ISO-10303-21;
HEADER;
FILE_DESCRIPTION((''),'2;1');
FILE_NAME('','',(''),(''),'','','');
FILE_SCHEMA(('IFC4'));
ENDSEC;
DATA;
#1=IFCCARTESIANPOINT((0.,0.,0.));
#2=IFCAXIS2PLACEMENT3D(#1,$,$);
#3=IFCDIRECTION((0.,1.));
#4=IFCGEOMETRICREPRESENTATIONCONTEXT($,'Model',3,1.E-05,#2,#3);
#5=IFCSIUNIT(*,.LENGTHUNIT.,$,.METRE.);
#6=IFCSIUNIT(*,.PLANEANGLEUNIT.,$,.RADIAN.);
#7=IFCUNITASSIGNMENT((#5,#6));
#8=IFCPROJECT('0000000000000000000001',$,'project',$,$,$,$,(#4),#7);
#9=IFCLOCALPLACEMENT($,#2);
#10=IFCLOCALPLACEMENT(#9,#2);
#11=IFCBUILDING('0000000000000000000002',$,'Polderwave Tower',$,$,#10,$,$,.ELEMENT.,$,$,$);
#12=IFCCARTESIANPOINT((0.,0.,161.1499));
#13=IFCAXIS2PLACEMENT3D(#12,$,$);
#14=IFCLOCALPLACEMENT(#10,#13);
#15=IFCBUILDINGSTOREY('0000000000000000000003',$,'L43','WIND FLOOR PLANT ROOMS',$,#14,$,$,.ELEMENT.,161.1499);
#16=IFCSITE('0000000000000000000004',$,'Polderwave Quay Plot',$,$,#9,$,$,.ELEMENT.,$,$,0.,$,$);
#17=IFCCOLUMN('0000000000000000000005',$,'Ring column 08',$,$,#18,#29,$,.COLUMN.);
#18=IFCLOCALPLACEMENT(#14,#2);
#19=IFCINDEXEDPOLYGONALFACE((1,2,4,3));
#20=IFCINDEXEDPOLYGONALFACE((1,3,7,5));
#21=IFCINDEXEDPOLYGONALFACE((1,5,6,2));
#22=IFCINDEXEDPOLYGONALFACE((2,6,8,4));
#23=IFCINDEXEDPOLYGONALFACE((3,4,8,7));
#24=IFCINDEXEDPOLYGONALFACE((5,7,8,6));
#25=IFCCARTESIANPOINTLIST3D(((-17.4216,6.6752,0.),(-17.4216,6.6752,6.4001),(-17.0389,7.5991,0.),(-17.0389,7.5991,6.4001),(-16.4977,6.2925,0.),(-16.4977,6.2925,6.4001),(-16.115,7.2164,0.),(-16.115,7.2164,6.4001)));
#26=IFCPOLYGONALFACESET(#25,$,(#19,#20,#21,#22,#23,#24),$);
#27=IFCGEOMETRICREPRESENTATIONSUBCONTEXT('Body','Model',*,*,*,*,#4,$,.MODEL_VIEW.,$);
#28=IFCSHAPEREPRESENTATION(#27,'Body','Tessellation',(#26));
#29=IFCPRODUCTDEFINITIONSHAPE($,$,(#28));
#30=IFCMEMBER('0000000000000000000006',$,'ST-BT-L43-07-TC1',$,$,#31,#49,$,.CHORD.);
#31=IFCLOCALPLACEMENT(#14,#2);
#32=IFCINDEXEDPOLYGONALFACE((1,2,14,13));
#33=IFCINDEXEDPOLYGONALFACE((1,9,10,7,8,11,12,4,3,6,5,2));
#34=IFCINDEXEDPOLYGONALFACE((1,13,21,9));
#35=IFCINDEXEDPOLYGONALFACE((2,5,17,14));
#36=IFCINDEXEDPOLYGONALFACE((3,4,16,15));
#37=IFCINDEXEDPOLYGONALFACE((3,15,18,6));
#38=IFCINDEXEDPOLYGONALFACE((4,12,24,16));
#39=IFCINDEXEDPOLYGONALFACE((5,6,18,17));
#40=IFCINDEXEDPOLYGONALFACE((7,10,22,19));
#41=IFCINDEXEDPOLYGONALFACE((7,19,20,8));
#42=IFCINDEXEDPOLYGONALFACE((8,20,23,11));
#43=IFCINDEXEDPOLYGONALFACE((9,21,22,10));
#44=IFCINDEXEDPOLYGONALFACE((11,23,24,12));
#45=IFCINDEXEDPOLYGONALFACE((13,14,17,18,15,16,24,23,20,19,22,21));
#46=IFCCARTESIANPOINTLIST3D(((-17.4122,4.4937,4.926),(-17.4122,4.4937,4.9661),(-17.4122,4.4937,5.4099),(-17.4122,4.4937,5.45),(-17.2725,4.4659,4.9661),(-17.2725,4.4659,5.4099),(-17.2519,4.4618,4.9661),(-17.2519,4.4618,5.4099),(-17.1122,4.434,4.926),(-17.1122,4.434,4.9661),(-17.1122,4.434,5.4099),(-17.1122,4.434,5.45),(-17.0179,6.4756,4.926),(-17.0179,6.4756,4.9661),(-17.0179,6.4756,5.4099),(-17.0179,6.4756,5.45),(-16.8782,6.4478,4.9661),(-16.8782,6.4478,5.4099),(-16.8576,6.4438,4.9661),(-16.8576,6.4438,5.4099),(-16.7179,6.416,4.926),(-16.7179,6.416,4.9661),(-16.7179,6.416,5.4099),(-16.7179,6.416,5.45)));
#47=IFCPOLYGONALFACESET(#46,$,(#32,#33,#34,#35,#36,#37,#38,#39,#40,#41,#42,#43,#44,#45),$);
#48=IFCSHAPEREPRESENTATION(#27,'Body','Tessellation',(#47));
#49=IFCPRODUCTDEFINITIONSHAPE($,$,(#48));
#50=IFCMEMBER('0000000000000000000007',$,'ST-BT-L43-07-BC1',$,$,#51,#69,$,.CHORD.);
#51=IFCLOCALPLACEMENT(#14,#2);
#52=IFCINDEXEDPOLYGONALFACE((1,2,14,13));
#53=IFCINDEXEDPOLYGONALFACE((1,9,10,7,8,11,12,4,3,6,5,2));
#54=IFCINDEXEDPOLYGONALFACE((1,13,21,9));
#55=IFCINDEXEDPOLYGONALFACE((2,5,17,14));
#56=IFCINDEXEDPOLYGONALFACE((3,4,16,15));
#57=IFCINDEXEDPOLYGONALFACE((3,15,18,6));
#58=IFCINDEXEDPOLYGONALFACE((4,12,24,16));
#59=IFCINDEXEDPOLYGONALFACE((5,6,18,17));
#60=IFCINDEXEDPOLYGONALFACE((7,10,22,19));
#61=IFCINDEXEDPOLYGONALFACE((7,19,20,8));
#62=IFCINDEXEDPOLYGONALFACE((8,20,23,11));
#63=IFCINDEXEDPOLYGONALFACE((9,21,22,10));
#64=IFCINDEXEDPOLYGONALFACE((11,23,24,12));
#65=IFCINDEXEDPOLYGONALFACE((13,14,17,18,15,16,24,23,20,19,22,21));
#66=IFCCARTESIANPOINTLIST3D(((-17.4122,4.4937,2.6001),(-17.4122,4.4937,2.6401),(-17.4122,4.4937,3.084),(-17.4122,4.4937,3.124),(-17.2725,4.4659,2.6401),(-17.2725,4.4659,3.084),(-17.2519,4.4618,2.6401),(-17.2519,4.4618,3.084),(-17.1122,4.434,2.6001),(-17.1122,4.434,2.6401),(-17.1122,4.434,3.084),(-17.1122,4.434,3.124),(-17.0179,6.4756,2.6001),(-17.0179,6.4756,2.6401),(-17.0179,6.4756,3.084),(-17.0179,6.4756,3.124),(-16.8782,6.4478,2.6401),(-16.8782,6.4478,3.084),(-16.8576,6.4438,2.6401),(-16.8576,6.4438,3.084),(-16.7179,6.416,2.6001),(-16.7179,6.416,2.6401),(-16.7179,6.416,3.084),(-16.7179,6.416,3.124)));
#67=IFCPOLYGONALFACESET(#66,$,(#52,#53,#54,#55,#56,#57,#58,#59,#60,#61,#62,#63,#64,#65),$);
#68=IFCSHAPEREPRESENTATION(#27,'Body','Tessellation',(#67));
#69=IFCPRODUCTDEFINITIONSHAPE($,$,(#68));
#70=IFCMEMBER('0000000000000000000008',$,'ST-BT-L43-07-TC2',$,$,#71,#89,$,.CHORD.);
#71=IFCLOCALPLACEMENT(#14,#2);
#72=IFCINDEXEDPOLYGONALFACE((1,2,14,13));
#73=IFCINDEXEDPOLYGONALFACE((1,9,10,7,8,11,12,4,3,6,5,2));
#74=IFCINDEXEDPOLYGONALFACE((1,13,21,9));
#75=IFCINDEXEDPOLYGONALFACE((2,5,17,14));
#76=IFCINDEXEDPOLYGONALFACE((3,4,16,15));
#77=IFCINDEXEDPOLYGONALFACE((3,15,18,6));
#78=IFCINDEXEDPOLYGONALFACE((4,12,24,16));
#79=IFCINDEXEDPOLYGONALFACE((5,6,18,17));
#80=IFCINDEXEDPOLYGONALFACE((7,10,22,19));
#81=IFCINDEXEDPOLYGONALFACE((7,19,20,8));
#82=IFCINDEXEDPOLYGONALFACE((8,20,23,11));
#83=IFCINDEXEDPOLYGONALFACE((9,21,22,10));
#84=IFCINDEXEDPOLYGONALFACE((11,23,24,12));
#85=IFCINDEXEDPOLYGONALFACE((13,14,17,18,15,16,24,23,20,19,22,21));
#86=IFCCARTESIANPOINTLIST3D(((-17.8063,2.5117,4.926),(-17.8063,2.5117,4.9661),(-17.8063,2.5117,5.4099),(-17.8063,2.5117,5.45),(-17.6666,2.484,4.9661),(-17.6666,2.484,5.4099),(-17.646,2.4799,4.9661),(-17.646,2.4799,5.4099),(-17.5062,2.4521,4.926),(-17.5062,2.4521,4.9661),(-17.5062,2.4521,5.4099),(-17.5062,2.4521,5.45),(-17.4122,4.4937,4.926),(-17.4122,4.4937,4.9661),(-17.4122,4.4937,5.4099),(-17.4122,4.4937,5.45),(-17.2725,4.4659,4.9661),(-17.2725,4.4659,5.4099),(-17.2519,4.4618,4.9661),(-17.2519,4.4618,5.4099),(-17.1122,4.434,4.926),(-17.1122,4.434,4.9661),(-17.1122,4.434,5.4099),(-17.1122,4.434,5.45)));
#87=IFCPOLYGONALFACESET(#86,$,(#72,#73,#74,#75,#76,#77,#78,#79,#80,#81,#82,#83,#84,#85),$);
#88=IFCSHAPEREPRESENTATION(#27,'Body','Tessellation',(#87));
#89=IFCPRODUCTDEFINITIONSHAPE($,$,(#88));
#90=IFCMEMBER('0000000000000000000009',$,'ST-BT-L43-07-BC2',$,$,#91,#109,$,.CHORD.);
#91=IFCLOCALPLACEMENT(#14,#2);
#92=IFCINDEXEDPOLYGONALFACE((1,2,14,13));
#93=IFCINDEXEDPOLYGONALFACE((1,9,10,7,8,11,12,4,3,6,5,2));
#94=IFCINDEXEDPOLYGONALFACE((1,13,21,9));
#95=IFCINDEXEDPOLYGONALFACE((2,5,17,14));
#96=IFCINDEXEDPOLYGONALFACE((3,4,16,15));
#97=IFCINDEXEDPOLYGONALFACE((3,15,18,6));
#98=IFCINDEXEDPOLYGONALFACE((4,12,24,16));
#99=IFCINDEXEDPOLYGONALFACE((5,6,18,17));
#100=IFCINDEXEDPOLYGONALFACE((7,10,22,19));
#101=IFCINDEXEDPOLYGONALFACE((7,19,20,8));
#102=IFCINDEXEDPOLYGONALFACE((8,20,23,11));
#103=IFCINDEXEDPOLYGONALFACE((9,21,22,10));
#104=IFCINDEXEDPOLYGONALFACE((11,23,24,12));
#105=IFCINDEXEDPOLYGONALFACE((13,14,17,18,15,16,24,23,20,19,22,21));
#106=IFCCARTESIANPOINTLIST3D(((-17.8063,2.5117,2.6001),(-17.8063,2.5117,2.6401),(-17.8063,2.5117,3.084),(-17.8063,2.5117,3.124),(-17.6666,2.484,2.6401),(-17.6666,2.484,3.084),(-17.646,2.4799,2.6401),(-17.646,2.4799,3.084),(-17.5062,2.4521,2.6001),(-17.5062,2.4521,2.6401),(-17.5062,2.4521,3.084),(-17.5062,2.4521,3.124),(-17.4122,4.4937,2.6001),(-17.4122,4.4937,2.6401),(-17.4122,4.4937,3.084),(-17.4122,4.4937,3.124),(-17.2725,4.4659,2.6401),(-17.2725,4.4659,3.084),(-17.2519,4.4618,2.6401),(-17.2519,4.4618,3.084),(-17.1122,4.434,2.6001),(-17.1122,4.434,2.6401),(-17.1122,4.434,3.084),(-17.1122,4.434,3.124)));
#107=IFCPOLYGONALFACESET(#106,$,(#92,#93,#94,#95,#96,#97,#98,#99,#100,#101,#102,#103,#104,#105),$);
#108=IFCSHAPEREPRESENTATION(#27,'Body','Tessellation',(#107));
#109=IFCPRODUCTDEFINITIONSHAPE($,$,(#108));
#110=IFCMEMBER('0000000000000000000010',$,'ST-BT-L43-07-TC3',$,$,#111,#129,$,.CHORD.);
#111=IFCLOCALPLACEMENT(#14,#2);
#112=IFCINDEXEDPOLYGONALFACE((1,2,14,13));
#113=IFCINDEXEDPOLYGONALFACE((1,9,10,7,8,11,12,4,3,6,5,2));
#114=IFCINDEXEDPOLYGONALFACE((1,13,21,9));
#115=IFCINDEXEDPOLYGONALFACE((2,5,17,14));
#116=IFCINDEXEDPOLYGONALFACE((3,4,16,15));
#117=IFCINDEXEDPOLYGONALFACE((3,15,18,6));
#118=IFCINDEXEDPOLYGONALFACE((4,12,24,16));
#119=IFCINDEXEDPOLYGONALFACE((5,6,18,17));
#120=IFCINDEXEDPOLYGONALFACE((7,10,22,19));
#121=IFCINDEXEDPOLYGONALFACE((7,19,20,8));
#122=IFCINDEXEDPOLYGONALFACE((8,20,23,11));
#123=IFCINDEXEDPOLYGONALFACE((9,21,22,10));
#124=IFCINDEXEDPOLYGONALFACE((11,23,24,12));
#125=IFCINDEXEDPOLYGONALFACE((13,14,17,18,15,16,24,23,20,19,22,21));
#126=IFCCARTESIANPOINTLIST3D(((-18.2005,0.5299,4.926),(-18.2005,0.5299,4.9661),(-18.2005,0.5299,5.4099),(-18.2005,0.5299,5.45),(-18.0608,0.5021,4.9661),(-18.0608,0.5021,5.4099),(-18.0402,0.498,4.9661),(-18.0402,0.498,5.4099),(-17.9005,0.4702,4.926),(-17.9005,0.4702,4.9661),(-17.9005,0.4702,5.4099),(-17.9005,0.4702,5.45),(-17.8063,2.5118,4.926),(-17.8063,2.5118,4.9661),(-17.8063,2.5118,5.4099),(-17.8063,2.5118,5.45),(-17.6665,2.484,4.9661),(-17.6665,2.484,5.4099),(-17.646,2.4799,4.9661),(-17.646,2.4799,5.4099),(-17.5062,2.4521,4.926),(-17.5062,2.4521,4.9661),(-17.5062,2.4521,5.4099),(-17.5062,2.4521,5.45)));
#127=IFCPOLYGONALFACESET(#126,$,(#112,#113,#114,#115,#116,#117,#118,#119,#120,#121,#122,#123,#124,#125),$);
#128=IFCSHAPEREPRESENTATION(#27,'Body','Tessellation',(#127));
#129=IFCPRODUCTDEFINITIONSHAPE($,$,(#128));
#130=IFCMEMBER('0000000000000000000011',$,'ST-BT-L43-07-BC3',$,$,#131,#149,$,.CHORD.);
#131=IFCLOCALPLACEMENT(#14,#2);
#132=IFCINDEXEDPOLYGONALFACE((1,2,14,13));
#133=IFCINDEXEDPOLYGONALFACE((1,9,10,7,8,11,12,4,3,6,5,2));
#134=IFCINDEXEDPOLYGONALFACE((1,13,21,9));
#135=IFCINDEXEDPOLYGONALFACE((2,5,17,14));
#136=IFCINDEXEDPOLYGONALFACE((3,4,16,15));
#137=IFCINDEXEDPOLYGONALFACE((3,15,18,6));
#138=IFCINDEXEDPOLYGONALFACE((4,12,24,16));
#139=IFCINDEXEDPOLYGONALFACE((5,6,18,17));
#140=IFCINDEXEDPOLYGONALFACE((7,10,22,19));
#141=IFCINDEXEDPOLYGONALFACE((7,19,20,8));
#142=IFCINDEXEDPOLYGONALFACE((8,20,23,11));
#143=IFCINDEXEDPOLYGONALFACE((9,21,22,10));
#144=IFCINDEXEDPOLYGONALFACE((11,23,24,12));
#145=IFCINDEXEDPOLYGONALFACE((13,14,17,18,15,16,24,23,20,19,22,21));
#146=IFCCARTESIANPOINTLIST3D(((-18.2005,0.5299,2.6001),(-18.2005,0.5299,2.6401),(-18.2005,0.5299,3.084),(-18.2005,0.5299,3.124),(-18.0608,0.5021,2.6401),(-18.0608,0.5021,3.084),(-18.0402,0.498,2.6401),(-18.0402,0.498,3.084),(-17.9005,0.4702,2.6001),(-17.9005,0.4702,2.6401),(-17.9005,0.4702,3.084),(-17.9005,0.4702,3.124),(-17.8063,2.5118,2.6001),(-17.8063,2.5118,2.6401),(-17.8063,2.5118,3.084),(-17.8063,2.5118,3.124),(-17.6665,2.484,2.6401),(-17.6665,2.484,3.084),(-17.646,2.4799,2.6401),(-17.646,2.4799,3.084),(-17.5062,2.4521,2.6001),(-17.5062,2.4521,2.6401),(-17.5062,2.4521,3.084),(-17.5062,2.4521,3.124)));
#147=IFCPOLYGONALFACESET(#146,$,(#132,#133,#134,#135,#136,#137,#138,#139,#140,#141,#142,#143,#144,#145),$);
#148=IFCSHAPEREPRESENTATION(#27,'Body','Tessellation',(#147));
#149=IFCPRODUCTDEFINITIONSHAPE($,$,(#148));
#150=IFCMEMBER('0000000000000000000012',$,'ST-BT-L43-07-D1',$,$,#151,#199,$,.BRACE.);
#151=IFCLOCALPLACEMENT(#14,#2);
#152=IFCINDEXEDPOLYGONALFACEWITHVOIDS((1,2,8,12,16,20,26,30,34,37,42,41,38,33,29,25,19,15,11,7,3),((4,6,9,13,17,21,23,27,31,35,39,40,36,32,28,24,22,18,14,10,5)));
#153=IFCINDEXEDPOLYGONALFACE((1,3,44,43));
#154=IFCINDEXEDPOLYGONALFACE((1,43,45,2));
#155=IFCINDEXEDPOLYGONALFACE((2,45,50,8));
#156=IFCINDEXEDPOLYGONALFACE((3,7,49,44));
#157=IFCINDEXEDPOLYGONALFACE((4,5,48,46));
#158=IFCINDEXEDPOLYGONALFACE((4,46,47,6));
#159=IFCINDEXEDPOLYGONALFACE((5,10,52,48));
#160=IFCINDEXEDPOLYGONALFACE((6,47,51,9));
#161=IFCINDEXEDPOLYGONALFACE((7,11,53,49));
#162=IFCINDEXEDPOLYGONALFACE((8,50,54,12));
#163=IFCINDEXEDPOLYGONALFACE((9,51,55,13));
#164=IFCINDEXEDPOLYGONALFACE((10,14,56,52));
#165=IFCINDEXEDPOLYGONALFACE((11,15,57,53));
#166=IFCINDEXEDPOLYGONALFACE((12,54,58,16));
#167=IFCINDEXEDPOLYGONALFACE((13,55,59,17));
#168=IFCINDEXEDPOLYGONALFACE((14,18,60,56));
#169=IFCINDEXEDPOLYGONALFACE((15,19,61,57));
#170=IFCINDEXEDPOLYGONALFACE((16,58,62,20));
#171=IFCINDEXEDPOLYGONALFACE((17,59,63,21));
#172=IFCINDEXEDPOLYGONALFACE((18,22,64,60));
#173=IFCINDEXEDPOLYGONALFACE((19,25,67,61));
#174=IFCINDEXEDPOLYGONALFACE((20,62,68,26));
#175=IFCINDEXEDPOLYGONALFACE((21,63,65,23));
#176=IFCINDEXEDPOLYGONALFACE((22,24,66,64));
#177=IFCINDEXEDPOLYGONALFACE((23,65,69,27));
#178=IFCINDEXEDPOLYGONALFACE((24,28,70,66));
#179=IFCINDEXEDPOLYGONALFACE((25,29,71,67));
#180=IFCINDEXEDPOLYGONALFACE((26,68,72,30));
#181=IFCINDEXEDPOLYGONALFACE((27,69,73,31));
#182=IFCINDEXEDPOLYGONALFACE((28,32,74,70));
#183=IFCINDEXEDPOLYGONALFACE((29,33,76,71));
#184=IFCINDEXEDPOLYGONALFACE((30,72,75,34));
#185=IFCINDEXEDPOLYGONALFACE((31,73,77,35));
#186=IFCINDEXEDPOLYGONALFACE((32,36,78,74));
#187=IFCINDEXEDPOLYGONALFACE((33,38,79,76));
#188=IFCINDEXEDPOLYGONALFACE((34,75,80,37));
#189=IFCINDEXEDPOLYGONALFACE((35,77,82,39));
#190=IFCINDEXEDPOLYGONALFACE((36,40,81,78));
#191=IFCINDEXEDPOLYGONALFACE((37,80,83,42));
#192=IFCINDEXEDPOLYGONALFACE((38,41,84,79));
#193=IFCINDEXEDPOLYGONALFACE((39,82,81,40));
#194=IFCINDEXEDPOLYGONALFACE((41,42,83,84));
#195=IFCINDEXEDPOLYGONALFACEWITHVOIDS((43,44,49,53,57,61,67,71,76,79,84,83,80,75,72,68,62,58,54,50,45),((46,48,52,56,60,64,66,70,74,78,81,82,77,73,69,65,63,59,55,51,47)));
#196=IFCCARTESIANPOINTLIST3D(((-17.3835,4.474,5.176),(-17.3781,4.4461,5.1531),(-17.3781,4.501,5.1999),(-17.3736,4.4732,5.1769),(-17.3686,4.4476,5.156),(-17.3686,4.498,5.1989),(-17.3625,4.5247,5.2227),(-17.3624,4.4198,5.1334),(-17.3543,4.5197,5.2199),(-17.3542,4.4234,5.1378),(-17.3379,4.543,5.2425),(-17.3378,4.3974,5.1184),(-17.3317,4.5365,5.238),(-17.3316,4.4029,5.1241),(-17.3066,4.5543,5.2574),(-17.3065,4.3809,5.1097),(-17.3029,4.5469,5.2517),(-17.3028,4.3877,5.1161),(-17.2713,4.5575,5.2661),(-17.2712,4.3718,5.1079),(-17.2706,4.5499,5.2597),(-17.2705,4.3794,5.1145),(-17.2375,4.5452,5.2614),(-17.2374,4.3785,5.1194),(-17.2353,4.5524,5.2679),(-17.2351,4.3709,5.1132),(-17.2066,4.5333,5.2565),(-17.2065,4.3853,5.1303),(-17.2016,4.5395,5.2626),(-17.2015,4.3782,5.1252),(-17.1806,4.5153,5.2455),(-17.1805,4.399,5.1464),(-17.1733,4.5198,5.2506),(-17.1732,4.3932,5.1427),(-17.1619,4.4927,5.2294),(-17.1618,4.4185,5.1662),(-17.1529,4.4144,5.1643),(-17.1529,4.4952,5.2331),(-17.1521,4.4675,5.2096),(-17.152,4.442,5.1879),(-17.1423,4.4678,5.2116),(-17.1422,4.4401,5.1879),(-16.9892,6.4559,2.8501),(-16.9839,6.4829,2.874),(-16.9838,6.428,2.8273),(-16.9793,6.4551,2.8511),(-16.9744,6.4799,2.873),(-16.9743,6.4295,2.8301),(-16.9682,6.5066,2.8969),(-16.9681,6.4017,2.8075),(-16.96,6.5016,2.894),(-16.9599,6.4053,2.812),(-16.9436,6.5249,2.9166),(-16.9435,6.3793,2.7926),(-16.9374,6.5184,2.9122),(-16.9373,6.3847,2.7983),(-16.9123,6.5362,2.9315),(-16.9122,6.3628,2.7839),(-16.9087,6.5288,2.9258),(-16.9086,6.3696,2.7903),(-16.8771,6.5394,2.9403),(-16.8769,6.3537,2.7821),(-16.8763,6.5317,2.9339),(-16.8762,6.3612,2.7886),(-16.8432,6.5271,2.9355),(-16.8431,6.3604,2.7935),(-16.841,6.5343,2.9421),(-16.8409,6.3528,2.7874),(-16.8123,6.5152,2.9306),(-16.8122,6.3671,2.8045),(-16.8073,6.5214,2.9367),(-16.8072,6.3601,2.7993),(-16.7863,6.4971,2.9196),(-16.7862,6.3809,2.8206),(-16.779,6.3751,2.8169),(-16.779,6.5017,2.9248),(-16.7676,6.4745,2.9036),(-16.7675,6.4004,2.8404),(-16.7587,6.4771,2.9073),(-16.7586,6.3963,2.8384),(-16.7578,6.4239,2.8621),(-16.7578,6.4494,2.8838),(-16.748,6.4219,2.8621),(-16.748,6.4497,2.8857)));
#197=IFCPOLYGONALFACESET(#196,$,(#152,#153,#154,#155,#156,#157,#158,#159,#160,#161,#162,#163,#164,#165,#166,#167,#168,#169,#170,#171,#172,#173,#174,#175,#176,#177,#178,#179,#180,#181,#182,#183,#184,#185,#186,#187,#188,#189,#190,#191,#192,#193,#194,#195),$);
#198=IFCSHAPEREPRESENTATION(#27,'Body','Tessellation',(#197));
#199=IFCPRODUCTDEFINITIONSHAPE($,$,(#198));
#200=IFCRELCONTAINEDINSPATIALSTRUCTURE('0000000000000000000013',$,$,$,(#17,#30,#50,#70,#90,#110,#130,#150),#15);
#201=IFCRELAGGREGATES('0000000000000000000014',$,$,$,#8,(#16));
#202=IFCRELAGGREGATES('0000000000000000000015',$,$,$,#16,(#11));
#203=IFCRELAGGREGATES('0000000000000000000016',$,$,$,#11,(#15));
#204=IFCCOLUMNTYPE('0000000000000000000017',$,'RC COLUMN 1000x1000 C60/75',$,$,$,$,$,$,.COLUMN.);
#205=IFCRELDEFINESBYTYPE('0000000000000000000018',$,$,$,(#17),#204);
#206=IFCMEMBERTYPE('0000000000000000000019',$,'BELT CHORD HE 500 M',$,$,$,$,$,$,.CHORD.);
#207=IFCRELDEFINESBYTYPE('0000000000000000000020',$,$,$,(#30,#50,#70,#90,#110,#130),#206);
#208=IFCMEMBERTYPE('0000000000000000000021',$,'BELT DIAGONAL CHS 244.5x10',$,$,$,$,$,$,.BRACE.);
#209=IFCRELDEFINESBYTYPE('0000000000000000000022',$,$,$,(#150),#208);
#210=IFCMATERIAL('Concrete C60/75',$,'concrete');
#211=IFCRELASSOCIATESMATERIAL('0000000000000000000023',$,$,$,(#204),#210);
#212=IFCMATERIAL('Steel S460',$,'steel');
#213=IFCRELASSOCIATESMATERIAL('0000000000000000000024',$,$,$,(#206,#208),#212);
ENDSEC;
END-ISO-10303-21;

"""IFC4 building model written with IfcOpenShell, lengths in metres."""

from ifc_helpers import new_model, si_unit, direction, frame, origin, origin_2d, place, context, subcontext, project, spatial, rectangle, hollow_circle, i_section, extrude, material, material_profile, profile_set, type_object, element, save


model = new_model("IFC4")

# Units and contexts
model_context = context("Model", 3, precision=1e-05, world=origin(), true_north=direction((0.0, 1.0)))
body_context = subcontext(model_context, "Body", "Model", "MODEL_VIEW")
ifc_project = project(units=[si_unit("LENGTHUNIT", "METRE"), si_unit("PLANEANGLEUNIT", "RADIAN")], contexts=[model_context])

# Site, building, storey
site_placement = place(None, origin())
site = spatial("IfcSite", under=ifc_project, at=site_placement, Name="Polderwave Quay Plot", CompositionType="ELEMENT", RefElevation=0.0)
building_placement = place(site_placement, origin())
building = spatial("IfcBuilding", under=site, at=building_placement, Name="Polderwave Tower", CompositionType="ELEMENT")
storey_placement = place(building_placement, frame((0.0, 0.0, 161.1499)))
storey = spatial("IfcBuildingStorey", under=building, at=storey_placement, Name="L43", Description="WIND FLOOR PLANT ROOMS", CompositionType="ELEMENT", Elevation=161.1499)

# Column
ifc_material_1 = material(Name="Concrete C60/75", Category="concrete")
ifc_material_profile_1 = material_profile(ifc_material_1, rectangle(XDim=1.0, YDim=1.0, at=origin_2d()), Name="RC 1000x1000")
ifc_profile_set_1 = profile_set([ifc_material_profile_1], Name="Concrete C60/75")
column_type = type_object("IfcColumnType", Name="RC COLUMN 1000x1000 C60/75", PredefinedType="COLUMN", material=ifc_profile_set_1)
column_placement = place(storey_placement, frame((-16.7683, 6.9458, 0.0), z_axis=(0.0, 0.0, 1.0), x_axis=(-0.92388, 0.382683, 0.0)))
element("IfcColumn", 1, at=column_placement, inside=storey, type_object=column_type, Name="Ring column 08", PredefinedType="COLUMN", context=body_context, shape_type="SweptSolid", body=[
    extrude(rectangle(XDim=1.0, YDim=1.0, at=origin_2d()), origin(), (0.0, 0.0, 1.0), 6.4001),
])

# Members
ifc_material_2 = material(Name="Steel S460", Category="steel")
ifc_material_profile_2 = material_profile(ifc_material_2, i_section(OverallWidth=0.3059, OverallDepth=0.5239, WebThickness=0.021, FlangeThickness=0.04, at=origin_2d()), Name="HE 500 M")
ifc_profile_set_2 = profile_set([ifc_material_profile_2], Name="Steel S460")
member_type_1 = type_object("IfcMemberType", Name="BELT CHORD HE 500 M", PredefinedType="CHORD", material=ifc_profile_set_2)
for number, where, z_axis, x_axis, name in (
    (2, (-16.8679, 6.4458, 5.188), (-0.195117, -0.98078, 0.0), (0.98078, -0.195117, 0.0), "ST-BT-L43-07-TC1"),
    (3, (-16.8679, 6.4458, 2.8621), (-0.195117, -0.98078, 0.0), (0.98078, -0.195117, 0.0), "ST-BT-L43-07-BC1"),
    (4, (-17.2622, 4.4639, 5.188), (-0.195001, -0.980803, 0.0), (0.980803, -0.195001, 0.0), "ST-BT-L43-07-TC2"),
    (5, (-17.2622, 4.4639, 2.8621), (-0.195001, -0.980803, 0.0), (0.980803, -0.195001, 0.0), "ST-BT-L43-07-BC2"),
    (6, (-17.6562, 2.4819, 5.188), (-0.195117, -0.98078, 0.0), (0.98078, -0.195117, 0.0), "ST-BT-L43-07-TC3"),
    (7, (-17.6562, 2.4819, 2.8621), (-0.195117, -0.98078, 0.0), (0.98078, -0.195117, 0.0), "ST-BT-L43-07-BC3"),
):
    element("IfcMember", number, at=place(storey_placement, frame(where, z_axis=z_axis, x_axis=x_axis)), inside=storey, type_object=member_type_1, Name=name, PredefinedType="CHORD", context=body_context, shape_type="SweptSolid", body=[
        extrude(i_section(OverallWidth=0.3059, OverallDepth=0.5239, WebThickness=0.021, FlangeThickness=0.04, at=origin_2d()), origin(), (0.0, 0.0, 1.0), 2.0208),
    ])
ifc_material_profile_3 = material_profile(ifc_material_2, hollow_circle(Radius=0.1223, WallThickness=0.01, at=origin_2d()), Name="CHS 244.5x10")
ifc_profile_set_3 = profile_set([ifc_material_profile_3], Name="Steel S460")
member_type_2 = type_object("IfcMemberType", Name="BELT DIAGONAL CHS 244.5x10", PredefinedType="BRACE", material=ifc_profile_set_3)
for number, where, z_axis, x_axis, name in (
    (8, (-16.8679, 6.4458, 2.8621), (-0.127968, -0.643246, 0.75489), (0.98078, -0.195117, 0.0), "ST-BT-L43-07-D1"),
):
    element("IfcMember", number, at=place(storey_placement, frame(where, z_axis=z_axis, x_axis=x_axis)), inside=storey, type_object=member_type_2, Name=name, PredefinedType="BRACE", context=body_context, shape_type="SweptSolid", body=[
        extrude(hollow_circle(Radius=0.1223, WallThickness=0.01, at=origin_2d()), origin(), (0.0, 0.0, 1.0), 3.0811),
    ])

save(model, "model.ifc")
